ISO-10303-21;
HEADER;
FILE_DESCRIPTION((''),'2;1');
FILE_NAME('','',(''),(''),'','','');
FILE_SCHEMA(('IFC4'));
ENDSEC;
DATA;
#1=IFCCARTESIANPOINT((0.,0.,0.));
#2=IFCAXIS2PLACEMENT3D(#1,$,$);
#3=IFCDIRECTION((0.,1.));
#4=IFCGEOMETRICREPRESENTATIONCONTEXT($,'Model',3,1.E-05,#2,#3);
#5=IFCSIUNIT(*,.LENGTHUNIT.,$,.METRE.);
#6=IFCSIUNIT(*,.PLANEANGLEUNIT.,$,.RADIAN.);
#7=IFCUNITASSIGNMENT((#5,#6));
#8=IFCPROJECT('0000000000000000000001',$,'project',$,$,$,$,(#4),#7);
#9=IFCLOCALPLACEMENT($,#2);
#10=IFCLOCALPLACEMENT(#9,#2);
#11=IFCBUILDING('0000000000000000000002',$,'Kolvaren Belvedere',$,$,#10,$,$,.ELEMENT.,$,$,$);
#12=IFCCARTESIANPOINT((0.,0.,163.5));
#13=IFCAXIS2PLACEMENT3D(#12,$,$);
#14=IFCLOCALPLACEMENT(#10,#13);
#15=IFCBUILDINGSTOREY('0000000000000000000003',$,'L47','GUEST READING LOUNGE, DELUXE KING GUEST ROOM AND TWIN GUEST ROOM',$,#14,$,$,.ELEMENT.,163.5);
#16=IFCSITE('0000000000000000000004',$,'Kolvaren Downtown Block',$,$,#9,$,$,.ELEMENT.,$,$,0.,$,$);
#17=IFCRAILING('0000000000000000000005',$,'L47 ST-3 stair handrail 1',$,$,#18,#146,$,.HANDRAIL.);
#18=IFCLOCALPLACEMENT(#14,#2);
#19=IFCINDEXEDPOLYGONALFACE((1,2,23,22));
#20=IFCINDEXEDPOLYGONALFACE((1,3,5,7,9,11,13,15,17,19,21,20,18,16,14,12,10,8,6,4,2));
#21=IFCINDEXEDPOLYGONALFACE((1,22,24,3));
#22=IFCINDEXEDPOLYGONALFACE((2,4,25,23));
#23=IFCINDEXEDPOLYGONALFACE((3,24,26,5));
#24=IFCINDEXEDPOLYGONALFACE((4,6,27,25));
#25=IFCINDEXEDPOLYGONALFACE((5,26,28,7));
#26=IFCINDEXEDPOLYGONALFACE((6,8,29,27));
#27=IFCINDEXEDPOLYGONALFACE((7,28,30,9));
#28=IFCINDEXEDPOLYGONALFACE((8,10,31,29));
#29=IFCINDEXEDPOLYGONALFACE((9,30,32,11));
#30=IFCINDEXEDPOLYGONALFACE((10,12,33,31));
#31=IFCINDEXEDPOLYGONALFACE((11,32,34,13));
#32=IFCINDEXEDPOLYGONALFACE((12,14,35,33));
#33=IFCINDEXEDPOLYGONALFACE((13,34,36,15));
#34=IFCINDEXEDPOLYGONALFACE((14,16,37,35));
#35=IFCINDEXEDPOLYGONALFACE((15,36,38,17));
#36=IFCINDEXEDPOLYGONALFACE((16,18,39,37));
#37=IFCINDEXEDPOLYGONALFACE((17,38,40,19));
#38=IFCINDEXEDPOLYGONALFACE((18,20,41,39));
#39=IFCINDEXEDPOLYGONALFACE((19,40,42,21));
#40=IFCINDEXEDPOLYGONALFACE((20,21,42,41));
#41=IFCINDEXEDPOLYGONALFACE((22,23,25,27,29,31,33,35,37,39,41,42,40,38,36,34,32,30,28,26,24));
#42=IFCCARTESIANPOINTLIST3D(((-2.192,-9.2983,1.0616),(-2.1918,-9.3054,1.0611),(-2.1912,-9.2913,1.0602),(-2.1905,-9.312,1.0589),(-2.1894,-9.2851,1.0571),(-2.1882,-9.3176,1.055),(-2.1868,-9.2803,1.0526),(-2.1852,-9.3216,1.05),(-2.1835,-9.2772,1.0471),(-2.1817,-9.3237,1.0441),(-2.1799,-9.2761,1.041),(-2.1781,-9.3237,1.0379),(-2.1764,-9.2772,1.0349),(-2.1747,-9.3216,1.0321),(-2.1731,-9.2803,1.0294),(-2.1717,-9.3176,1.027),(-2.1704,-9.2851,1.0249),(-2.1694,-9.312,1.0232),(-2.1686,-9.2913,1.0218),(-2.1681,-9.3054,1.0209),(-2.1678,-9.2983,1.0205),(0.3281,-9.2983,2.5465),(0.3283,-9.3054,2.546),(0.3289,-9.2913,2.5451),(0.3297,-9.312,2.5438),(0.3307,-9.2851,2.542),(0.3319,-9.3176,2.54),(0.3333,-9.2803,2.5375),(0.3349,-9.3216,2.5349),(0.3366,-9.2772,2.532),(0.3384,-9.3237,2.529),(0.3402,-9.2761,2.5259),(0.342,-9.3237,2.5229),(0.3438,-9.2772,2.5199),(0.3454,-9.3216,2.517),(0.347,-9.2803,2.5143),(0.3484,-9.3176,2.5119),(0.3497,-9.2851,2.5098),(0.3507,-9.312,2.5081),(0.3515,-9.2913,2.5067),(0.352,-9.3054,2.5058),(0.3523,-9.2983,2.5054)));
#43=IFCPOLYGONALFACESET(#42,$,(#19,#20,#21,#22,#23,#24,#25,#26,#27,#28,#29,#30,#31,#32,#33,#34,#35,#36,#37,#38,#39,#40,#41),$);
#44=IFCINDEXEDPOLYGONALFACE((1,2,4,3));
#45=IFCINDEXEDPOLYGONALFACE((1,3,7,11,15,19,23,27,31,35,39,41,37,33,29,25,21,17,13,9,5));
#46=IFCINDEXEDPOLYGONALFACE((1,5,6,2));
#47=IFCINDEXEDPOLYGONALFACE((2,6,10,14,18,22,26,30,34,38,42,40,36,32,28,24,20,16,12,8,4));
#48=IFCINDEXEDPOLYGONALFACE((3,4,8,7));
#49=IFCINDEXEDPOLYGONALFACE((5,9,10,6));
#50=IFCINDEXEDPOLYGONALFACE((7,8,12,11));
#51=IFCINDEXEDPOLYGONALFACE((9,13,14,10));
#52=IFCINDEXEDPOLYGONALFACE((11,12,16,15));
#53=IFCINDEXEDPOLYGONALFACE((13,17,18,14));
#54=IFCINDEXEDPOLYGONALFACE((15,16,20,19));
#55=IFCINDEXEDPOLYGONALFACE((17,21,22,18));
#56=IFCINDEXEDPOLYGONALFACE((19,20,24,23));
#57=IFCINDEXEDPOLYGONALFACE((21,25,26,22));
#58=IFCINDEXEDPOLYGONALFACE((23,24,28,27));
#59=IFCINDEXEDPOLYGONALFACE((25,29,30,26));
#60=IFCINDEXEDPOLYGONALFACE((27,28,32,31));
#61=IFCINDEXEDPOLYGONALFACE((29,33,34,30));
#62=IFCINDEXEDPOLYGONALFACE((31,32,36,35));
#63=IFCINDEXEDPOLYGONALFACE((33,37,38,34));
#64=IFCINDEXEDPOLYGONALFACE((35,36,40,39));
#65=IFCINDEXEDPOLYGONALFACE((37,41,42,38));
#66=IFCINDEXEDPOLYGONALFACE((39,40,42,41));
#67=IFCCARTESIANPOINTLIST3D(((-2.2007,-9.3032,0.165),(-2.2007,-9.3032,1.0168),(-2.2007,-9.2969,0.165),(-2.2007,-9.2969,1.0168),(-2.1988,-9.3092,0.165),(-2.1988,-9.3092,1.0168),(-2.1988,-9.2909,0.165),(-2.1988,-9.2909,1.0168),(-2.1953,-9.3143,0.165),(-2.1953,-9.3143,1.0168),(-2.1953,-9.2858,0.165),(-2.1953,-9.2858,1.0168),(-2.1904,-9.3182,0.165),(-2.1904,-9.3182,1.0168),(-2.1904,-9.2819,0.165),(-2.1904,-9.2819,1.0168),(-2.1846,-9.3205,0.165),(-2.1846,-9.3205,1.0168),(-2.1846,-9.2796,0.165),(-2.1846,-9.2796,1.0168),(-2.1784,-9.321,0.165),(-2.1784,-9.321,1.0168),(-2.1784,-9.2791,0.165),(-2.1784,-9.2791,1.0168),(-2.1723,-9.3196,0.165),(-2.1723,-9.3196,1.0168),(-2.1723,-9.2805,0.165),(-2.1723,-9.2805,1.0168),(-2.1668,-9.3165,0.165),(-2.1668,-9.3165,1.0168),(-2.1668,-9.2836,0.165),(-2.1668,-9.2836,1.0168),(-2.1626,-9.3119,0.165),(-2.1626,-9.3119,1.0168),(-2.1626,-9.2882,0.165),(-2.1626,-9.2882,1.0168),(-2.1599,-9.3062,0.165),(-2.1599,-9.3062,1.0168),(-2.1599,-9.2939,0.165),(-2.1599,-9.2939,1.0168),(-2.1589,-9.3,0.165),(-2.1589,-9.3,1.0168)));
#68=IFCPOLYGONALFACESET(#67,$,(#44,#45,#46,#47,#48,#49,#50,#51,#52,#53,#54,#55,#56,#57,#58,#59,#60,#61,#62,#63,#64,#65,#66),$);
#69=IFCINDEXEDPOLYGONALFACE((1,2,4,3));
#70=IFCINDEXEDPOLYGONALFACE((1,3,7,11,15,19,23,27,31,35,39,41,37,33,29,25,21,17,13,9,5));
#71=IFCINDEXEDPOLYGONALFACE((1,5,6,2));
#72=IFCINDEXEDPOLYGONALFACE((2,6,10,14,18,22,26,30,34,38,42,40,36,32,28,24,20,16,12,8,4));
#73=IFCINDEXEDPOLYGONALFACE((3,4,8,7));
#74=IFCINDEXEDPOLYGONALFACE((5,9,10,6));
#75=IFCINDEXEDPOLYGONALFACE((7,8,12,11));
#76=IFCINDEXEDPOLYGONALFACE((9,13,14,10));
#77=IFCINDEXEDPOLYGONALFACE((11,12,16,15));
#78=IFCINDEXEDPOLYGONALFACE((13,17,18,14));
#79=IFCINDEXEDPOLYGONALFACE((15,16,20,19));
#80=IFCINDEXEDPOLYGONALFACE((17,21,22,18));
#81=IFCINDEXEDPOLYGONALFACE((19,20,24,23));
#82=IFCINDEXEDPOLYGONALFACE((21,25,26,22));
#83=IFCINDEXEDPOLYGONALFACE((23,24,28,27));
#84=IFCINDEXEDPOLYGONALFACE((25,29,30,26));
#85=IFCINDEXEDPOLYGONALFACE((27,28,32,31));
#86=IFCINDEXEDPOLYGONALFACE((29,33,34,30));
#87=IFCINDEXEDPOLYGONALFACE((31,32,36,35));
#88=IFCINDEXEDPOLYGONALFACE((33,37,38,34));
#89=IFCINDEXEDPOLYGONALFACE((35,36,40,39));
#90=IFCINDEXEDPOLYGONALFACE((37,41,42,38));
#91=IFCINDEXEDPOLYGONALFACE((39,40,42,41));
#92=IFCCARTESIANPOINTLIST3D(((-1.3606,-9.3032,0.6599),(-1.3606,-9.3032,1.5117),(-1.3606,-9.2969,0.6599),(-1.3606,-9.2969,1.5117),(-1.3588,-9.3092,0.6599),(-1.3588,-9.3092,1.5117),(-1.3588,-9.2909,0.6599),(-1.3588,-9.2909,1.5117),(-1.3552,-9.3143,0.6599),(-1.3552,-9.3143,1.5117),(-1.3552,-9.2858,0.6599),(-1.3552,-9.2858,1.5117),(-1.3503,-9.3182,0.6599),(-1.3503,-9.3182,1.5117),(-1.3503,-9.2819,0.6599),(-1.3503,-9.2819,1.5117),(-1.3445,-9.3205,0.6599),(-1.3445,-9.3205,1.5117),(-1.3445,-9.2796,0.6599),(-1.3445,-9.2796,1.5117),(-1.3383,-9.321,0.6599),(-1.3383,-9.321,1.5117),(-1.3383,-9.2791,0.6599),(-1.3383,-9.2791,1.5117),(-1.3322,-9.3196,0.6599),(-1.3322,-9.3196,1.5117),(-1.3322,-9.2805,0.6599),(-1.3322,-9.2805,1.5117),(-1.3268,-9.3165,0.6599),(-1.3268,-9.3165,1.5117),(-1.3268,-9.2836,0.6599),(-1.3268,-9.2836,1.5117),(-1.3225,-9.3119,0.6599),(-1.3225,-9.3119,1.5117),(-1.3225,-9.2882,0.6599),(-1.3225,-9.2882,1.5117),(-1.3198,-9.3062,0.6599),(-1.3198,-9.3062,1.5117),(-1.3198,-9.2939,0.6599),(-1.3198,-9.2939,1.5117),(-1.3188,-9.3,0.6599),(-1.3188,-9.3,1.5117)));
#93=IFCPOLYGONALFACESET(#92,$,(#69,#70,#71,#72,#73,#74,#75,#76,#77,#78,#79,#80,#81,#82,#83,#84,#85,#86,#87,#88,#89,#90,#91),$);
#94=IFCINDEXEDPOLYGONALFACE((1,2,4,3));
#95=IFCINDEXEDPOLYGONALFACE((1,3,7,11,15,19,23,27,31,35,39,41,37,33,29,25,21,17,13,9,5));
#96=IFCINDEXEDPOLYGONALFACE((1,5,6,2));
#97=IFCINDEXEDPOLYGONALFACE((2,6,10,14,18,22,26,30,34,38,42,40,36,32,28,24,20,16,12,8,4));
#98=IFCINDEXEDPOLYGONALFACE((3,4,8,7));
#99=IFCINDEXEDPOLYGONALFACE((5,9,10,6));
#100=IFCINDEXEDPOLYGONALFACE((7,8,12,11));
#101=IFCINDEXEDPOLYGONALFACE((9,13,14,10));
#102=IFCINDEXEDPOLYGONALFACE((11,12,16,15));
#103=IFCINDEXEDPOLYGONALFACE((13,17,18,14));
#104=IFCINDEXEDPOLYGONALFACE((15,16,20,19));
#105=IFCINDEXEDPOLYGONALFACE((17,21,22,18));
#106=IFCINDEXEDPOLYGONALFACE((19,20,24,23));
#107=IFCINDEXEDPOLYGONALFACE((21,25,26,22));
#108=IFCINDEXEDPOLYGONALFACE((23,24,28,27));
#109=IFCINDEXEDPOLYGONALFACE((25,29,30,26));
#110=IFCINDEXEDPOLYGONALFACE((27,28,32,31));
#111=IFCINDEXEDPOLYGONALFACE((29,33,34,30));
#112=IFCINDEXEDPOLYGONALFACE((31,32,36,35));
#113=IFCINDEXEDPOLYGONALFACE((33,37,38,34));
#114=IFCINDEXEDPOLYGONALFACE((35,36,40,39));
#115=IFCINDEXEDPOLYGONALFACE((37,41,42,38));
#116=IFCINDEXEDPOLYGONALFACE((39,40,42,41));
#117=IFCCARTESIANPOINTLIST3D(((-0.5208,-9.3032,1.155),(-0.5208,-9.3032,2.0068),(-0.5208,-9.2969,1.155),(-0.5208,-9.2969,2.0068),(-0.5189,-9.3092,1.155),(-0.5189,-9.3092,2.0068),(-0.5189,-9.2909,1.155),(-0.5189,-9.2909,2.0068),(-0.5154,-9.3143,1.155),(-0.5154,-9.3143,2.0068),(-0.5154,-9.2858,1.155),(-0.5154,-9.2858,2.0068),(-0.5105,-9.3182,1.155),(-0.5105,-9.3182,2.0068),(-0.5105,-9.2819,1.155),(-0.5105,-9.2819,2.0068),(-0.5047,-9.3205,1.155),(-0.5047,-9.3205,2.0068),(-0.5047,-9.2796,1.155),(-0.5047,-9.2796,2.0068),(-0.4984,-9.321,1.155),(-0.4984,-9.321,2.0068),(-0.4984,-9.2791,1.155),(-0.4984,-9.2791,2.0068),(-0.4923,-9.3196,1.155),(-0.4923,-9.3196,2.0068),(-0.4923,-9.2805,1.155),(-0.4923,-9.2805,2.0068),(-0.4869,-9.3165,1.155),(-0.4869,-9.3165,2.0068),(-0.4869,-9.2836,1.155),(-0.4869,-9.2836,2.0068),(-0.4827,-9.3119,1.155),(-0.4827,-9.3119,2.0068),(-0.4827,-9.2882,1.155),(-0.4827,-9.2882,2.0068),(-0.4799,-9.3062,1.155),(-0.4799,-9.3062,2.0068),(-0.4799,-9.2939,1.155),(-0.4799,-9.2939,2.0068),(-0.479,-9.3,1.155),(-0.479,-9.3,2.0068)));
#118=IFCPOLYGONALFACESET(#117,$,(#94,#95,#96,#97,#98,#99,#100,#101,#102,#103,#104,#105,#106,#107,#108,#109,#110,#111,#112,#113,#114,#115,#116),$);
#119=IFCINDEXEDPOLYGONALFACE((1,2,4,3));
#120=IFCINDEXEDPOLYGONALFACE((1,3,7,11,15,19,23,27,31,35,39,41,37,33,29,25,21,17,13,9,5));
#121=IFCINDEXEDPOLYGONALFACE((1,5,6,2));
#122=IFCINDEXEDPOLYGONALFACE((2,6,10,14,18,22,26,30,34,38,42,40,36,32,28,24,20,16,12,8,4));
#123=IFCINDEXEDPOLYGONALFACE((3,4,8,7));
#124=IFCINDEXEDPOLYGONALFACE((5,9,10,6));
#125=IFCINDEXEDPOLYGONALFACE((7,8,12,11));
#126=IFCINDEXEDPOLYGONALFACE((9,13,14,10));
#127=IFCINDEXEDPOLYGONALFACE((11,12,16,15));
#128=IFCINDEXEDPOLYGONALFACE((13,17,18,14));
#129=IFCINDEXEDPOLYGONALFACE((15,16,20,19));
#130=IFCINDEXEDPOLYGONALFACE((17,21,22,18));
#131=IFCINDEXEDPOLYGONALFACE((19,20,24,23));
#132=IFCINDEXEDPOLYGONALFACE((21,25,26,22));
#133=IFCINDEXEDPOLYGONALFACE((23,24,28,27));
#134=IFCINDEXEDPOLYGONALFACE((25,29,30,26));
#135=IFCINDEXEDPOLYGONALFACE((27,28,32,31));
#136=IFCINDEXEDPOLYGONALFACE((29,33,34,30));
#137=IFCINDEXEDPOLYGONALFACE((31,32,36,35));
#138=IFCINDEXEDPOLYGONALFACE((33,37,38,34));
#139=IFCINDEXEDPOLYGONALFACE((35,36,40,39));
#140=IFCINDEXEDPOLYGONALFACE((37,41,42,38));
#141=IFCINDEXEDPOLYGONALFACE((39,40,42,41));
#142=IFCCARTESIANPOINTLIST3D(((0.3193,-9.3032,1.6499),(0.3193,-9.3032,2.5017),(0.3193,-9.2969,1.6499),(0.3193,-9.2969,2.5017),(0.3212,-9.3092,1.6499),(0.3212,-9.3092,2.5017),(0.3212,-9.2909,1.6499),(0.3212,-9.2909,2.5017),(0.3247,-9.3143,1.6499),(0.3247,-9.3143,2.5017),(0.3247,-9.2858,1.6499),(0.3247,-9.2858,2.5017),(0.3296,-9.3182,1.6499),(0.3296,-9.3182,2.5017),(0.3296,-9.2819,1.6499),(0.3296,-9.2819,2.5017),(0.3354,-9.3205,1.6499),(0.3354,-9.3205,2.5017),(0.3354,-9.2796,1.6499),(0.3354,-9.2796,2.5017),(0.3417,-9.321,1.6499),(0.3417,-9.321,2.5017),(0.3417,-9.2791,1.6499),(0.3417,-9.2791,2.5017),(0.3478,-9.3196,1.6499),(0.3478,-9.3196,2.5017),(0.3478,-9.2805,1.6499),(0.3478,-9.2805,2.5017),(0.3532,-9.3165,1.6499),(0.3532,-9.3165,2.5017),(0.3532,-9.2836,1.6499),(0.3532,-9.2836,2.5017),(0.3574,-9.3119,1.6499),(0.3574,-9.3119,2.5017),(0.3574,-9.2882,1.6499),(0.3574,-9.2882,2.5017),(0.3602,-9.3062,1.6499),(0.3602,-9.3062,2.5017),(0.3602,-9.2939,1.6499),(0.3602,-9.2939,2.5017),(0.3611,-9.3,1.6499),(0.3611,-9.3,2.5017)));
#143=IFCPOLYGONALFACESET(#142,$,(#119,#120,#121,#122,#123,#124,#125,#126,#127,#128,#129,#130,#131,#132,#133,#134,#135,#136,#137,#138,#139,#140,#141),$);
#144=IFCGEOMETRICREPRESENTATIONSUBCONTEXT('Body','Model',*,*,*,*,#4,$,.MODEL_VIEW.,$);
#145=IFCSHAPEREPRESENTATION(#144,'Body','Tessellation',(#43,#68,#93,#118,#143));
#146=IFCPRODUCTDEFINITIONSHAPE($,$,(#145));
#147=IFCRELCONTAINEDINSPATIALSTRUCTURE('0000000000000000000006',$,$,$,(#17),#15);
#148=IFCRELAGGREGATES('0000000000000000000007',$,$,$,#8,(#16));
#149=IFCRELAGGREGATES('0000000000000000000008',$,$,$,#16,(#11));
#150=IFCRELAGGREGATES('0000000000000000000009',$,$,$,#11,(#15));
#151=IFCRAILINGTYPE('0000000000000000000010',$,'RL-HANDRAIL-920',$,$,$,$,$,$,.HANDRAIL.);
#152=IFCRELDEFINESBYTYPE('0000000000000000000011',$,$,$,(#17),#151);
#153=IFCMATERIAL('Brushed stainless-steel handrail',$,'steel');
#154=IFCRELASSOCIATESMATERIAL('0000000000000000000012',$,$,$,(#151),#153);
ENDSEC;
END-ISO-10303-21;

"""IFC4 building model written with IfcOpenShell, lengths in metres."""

from ifc_helpers import new_model, si_unit, direction, frame, origin, origin_2d, place, context, subcontext, project, spatial, circle, extrude, material, type_object, element, save


model = new_model("IFC4")

# Units and contexts
model_context = context("Model", 3, precision=1e-05, world=origin(), true_north=direction((0.0, 1.0)))
body_context = subcontext(model_context, "Body", "Model", "MODEL_VIEW")
ifc_project = project(units=[si_unit("LENGTHUNIT", "METRE"), si_unit("PLANEANGLEUNIT", "RADIAN")], contexts=[model_context])

# Site, building, storey
site_placement = place(None, origin())
site = spatial("IfcSite", under=ifc_project, at=site_placement, Name="Kolvaren Downtown Block", CompositionType="ELEMENT", RefElevation=0.0)
building_placement = place(site_placement, origin())
building = spatial("IfcBuilding", under=site, at=building_placement, Name="Kolvaren Belvedere", CompositionType="ELEMENT")
storey_placement = place(building_placement, frame((0.0, 0.0, 163.5)))
storey = spatial("IfcBuildingStorey", under=building, at=storey_placement, Name="L47", Description="GUEST READING LOUNGE, DELUXE KING GUEST ROOM AND TWIN GUEST ROOM", CompositionType="ELEMENT", Elevation=163.5)

# Railing
ifc_material_1 = material(Name="Brushed stainless-steel handrail", Category="steel")
railing_type_1 = type_object("IfcRailingType", Name="RL-HANDRAIL-920", PredefinedType="HANDRAIL", material=ifc_material_1)
railing_1_placement = place(storey_placement, frame((-2.1799, -9.3, 0.165)))
element("IfcRailing", 1, at=railing_1_placement, inside=storey, type_object=railing_type_1, Name="L47 ST-3 stair handrail 1", PredefinedType="HANDRAIL", context=body_context, shape_type="SweptSolid", body=[
    extrude(circle(Radius=0.0239, at=origin_2d()), frame((0.0, 0.0, 0.876), z_axis=(0.861561, 0.0, 0.507655), x_axis=(0.0, 1.0, 0.0)), (0.0, 0.0, 1.0), 2.925),
    extrude(circle(Radius=0.021, at=origin_2d()), origin(), (0.0, 0.0, 1.0), 0.8518),
    extrude(circle(Radius=0.021, at=origin_2d()), frame((0.8401, 0.0, 0.4949)), (0.0, 0.0, 1.0), 0.8518),
    extrude(circle(Radius=0.021, at=origin_2d()), frame((1.6799, 0.0, 0.99)), (0.0, 0.0, 1.0), 0.8518),
    extrude(circle(Radius=0.021, at=origin_2d()), frame((2.52, 0.0, 1.4849)), (0.0, 0.0, 1.0), 0.8518),
])

save(model, "model.ifc")
